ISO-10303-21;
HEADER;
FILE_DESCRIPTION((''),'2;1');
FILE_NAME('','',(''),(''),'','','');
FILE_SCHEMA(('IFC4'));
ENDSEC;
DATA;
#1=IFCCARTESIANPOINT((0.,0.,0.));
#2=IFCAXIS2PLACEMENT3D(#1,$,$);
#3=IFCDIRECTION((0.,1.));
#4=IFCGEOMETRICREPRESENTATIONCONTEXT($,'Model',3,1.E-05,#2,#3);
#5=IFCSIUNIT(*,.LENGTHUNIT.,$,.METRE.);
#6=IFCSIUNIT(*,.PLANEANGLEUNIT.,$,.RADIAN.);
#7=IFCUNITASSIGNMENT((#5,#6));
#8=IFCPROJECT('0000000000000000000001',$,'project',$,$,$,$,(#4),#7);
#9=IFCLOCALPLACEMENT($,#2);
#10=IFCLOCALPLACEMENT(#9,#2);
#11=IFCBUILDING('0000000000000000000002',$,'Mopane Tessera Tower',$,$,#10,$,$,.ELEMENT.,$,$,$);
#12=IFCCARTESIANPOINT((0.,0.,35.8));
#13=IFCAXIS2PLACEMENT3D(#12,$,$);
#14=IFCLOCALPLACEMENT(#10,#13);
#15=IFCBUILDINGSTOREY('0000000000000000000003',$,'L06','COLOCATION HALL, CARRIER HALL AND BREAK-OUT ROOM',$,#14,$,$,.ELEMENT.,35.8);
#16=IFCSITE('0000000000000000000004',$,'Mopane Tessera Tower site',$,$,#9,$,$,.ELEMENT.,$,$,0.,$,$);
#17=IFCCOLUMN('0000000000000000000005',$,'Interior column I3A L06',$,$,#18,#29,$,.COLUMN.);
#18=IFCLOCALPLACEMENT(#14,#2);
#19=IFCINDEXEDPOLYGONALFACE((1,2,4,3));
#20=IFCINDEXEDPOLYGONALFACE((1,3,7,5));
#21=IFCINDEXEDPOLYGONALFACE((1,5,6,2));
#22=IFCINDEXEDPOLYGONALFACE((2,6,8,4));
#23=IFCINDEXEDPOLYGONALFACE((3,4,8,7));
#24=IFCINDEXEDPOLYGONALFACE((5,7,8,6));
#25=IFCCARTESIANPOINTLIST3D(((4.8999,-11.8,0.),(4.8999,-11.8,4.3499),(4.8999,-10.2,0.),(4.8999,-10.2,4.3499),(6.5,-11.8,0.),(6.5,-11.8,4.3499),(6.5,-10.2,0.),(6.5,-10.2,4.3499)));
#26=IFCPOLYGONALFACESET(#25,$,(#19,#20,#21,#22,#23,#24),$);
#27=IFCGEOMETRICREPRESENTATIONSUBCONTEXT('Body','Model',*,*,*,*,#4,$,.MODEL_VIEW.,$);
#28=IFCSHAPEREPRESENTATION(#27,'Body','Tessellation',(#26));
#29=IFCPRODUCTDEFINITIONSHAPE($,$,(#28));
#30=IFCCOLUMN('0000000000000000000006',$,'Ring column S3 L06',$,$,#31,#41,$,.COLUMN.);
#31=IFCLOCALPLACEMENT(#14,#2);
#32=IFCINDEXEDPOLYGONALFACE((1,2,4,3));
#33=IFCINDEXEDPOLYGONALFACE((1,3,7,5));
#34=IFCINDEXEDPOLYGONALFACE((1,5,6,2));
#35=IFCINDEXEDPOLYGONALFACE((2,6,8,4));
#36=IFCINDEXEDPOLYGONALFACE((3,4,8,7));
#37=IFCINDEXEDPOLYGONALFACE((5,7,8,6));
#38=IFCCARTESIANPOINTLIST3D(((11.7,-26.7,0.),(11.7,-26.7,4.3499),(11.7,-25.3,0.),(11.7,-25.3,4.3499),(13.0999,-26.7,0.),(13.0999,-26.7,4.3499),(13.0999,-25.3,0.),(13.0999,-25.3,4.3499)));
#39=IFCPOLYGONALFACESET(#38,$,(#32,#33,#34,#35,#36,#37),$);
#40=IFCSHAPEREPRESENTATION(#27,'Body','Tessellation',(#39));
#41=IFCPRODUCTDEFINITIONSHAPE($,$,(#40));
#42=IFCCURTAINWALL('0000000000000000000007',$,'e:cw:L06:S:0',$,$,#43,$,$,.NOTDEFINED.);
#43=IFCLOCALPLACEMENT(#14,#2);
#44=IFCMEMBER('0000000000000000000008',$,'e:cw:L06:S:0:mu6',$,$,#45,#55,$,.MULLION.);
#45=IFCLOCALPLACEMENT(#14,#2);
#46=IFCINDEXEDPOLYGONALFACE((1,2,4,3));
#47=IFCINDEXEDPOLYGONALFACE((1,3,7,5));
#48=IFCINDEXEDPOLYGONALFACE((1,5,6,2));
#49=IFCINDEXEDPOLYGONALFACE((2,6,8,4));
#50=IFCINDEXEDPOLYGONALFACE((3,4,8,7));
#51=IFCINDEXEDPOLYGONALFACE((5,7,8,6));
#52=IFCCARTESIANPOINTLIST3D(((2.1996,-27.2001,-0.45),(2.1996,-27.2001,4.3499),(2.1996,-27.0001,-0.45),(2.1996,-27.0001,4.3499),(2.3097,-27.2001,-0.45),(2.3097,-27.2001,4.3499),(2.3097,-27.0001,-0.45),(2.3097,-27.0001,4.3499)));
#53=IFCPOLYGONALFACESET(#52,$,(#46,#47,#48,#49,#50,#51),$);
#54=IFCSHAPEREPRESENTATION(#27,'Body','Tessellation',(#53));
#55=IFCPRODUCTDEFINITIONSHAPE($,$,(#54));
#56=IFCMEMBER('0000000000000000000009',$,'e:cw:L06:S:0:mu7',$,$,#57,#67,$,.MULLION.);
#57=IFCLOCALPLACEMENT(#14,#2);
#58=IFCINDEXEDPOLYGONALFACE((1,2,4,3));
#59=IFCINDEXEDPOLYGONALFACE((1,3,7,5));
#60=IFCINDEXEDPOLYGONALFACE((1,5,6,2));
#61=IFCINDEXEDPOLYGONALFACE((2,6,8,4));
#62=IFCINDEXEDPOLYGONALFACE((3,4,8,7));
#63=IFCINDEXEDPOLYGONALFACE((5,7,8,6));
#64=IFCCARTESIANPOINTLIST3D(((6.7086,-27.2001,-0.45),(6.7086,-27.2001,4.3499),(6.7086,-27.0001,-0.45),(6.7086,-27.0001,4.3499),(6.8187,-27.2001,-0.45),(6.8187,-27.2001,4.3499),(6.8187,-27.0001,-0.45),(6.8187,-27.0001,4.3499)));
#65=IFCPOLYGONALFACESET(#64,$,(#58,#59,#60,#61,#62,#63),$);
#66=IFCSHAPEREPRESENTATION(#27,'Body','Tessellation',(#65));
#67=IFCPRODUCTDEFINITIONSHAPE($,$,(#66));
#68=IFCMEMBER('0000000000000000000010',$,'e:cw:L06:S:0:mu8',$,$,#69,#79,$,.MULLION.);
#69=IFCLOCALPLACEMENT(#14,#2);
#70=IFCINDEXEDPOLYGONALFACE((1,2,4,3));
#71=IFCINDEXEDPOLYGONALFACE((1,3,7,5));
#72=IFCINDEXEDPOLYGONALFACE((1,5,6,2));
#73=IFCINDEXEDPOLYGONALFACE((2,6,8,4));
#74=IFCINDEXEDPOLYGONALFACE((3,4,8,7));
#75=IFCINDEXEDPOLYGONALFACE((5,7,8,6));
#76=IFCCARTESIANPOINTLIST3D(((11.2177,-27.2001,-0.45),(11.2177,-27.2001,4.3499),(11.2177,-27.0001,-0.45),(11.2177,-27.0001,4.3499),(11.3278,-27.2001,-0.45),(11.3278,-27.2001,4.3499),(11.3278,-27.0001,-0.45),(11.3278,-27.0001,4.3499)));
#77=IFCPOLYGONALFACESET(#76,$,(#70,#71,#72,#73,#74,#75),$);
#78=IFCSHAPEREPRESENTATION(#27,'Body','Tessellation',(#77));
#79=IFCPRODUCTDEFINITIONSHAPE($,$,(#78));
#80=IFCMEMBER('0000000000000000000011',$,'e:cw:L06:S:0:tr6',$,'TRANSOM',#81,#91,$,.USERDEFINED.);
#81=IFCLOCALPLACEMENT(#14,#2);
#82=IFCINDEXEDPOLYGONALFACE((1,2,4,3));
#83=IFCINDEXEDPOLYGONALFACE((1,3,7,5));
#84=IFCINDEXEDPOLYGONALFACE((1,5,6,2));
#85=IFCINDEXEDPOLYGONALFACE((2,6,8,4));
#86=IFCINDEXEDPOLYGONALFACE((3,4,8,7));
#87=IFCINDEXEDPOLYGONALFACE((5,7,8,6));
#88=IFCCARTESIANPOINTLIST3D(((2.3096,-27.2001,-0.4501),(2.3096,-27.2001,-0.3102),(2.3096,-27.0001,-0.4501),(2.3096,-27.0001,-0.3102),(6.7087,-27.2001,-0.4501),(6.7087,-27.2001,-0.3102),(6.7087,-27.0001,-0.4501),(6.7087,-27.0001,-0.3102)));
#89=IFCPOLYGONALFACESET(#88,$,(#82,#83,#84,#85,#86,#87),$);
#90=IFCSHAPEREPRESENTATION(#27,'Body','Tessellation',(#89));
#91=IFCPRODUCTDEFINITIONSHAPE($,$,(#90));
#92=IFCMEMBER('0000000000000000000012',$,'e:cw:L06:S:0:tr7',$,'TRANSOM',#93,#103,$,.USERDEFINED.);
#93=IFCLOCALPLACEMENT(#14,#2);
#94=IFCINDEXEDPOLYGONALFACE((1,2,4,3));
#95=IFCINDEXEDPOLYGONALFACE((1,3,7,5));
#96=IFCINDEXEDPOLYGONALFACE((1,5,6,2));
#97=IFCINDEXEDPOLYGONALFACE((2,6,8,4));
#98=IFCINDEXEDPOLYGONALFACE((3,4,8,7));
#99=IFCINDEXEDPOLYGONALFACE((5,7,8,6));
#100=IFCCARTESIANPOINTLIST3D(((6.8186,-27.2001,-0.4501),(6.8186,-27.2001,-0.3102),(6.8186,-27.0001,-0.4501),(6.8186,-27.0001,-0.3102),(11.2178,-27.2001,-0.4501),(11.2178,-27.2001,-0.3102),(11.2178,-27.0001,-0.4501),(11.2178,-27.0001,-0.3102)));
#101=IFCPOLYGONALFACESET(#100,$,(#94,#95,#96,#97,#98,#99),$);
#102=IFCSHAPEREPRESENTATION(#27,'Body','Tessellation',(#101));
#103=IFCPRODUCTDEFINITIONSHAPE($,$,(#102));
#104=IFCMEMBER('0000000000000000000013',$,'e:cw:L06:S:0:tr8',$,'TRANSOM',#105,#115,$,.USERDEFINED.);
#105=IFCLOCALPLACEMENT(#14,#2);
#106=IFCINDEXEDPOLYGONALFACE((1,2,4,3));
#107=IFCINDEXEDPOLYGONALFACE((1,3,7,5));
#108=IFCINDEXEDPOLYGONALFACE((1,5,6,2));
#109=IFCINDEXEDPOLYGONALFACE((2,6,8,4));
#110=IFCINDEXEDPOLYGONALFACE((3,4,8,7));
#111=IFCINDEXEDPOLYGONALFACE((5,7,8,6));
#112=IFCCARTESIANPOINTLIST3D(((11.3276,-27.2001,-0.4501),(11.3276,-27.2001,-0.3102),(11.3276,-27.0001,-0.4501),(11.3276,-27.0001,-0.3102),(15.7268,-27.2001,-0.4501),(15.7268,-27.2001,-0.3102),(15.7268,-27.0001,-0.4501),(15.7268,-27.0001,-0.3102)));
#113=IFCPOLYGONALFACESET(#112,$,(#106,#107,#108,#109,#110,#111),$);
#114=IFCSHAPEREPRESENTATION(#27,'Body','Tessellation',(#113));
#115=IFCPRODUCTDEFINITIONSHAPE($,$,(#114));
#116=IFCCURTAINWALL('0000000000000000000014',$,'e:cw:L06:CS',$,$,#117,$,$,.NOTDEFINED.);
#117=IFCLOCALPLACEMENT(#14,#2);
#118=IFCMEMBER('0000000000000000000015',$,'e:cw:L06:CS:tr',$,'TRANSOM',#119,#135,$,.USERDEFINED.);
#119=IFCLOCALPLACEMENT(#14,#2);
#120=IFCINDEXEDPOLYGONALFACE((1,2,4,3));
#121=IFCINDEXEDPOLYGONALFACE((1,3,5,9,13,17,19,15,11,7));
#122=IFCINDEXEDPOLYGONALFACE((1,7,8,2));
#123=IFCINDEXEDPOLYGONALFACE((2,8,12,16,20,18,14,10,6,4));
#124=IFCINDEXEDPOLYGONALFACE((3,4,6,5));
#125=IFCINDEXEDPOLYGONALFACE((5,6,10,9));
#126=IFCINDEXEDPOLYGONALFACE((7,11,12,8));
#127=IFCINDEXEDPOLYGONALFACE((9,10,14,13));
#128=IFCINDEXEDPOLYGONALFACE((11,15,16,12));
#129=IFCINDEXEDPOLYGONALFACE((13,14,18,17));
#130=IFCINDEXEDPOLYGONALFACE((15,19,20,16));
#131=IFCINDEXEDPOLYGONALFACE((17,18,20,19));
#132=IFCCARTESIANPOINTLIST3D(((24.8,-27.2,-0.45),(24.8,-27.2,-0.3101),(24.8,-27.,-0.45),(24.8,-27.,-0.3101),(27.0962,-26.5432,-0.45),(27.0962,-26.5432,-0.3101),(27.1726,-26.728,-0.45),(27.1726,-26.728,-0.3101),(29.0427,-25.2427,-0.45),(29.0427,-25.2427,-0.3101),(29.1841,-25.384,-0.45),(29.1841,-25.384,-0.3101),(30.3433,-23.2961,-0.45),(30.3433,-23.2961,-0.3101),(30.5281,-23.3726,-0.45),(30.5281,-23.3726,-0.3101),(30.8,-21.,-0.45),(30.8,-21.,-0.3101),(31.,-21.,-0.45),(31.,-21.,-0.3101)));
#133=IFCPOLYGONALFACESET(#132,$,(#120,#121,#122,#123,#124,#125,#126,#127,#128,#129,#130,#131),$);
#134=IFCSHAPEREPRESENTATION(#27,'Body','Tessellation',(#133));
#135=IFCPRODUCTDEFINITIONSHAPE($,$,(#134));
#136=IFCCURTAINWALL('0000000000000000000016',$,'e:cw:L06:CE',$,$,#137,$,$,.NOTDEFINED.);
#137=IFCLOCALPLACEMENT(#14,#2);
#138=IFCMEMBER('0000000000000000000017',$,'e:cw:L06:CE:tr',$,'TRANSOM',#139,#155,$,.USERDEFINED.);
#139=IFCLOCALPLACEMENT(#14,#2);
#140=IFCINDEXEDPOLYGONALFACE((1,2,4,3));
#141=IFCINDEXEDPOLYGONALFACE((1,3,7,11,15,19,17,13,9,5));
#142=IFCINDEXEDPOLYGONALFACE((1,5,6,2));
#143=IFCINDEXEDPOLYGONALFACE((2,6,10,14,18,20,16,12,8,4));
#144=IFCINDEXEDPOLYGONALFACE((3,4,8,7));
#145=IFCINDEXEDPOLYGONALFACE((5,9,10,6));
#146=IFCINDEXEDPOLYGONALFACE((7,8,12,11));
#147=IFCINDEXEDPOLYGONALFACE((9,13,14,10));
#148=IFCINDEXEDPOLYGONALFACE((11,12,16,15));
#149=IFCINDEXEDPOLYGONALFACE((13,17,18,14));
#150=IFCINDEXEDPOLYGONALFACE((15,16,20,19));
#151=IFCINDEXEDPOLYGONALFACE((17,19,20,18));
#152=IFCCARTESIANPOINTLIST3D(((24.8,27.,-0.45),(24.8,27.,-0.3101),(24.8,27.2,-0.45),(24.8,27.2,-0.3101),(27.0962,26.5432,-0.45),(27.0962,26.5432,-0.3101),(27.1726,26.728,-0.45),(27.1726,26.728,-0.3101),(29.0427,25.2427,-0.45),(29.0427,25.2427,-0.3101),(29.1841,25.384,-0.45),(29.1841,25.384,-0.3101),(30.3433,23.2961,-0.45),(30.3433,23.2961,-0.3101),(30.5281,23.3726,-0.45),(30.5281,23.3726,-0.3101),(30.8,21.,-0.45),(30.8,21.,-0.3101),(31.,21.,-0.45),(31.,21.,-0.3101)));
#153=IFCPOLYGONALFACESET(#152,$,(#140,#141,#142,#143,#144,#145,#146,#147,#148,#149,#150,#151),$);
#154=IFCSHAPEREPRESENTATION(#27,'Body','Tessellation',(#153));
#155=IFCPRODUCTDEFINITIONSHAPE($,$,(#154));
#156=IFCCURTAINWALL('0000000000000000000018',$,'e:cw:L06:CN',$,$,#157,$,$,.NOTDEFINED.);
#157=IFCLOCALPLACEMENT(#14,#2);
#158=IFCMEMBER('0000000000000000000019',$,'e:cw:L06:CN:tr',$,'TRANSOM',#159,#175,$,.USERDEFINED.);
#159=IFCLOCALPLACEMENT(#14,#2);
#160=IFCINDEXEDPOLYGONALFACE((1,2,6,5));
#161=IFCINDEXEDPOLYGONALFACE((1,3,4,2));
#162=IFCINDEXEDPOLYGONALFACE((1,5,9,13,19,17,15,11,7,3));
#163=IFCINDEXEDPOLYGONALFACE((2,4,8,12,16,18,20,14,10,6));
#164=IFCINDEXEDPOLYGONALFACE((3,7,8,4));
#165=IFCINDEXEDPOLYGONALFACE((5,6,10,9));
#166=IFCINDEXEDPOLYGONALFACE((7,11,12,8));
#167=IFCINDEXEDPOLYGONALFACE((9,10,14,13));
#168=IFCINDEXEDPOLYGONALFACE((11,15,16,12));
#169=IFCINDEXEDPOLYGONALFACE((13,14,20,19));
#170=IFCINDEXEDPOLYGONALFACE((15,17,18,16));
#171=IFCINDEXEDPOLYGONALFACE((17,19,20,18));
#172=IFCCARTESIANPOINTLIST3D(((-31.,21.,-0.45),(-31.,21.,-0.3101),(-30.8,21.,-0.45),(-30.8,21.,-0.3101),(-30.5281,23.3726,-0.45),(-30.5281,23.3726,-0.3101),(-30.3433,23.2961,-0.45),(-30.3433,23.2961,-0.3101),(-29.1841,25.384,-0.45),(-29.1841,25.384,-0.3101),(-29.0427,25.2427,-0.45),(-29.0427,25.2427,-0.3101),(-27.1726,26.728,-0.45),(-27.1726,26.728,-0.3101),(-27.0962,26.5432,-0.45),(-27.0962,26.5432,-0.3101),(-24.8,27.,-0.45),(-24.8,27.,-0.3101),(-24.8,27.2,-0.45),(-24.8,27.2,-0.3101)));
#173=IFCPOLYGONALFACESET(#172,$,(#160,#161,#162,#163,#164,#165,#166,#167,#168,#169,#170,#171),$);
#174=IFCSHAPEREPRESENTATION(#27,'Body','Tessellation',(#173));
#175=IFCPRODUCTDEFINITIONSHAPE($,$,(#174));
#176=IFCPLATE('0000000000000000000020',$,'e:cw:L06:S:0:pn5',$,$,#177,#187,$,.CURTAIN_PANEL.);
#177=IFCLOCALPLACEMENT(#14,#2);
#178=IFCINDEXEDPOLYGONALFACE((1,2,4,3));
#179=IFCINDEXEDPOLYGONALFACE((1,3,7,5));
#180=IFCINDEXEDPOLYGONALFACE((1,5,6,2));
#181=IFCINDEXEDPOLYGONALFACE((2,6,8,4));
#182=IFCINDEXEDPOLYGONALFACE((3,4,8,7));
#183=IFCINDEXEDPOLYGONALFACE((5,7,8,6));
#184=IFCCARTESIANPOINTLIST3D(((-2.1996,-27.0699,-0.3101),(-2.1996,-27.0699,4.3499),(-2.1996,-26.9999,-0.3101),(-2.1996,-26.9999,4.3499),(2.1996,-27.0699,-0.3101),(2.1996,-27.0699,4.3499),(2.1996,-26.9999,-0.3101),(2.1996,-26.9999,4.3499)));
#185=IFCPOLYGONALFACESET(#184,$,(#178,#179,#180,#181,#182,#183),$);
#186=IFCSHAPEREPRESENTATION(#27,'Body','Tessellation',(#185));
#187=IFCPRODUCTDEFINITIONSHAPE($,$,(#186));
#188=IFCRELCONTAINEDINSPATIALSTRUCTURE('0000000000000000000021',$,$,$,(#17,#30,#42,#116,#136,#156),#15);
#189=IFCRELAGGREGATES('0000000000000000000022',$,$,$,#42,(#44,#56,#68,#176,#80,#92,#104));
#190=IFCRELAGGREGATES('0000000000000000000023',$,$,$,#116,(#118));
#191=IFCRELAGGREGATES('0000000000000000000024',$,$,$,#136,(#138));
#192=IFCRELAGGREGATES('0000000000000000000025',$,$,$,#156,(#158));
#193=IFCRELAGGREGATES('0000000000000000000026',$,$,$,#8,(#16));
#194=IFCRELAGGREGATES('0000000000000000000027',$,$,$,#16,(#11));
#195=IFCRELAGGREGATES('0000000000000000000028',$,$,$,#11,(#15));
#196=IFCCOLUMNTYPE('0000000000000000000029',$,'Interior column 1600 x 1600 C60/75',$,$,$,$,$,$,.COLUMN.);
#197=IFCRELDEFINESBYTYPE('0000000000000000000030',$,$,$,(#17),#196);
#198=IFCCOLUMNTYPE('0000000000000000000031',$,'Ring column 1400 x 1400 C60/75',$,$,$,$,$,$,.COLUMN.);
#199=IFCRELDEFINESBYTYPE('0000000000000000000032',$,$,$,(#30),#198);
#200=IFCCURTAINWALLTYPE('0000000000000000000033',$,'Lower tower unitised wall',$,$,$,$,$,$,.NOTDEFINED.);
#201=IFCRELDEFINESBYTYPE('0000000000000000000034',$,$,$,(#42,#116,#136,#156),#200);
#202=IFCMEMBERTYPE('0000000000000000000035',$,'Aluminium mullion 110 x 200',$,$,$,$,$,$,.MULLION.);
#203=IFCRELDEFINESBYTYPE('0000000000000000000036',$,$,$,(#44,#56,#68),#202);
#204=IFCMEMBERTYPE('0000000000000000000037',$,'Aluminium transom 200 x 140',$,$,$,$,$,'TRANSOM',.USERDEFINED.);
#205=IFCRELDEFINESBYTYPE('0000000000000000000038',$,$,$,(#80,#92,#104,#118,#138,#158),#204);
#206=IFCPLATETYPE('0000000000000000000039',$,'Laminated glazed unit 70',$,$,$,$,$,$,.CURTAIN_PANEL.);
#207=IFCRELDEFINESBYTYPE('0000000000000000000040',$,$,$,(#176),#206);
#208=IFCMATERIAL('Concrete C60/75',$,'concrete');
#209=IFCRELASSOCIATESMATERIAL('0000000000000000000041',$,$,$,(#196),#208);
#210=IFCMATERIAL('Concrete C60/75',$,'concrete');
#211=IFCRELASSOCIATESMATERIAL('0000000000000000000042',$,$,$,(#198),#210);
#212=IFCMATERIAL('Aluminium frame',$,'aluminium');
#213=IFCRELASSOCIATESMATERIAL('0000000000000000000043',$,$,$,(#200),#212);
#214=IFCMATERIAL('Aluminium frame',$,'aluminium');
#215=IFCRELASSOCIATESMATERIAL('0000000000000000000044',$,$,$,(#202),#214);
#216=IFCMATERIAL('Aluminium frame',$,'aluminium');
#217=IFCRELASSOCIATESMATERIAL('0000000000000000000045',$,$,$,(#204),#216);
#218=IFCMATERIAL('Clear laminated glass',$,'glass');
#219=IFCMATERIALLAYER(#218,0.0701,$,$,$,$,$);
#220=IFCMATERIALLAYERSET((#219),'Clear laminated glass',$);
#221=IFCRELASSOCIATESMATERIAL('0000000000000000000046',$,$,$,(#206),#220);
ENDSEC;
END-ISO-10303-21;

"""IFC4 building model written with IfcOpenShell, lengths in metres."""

from ifc_helpers import new_model, si_unit, direction, frame, origin, origin_2d, place, context, subcontext, project, spatial, polyline, rectangle, outline, extrude, material, layer, layer_set, material_profile, profile_set, type_object, element, aggregate, save


model = new_model("IFC4")

# Units and contexts
model_context = context("Model", 3, precision=1e-05, world=origin(), true_north=direction((0.0, 1.0)))
body_context = subcontext(model_context, "Body", "Model", "MODEL_VIEW")
ifc_project = project(units=[si_unit("LENGTHUNIT", "METRE"), si_unit("PLANEANGLEUNIT", "RADIAN")], contexts=[model_context])

# Site, building, storey
site_placement = place(None, origin())
site = spatial("IfcSite", under=ifc_project, at=site_placement, Name="Mopane Tessera Tower site", CompositionType="ELEMENT", RefElevation=0.0)
building_placement = place(site_placement, origin())
building = spatial("IfcBuilding", under=site, at=building_placement, Name="Mopane Tessera Tower", CompositionType="ELEMENT")
storey_placement = place(building_placement, frame((0.0, 0.0, 35.8)))
storey = spatial("IfcBuildingStorey", under=building, at=storey_placement, Name="L06", Description="COLOCATION HALL, CARRIER HALL AND BREAK-OUT ROOM", CompositionType="ELEMENT", Elevation=35.8)

# Columns
ifc_material_1 = material(Name="Concrete C60/75", Category="concrete")
ifc_material_profile_1 = material_profile(ifc_material_1, rectangle(XDim=1.6001, YDim=1.6001, at=origin_2d()))
ifc_profile_set_1 = profile_set([ifc_material_profile_1], Name="Concrete C60/75")
column_type_1 = type_object("IfcColumnType", Name="Interior column 1600 x 1600 C60/75", PredefinedType="COLUMN", material=ifc_profile_set_1)
column_1_placement = place(storey_placement, frame((5.7, -11.0, 0.0), z_axis=(0.0, 0.0, 1.0), x_axis=(1.0, 0.0, 0.0)))
element("IfcColumn", 1, at=column_1_placement, inside=storey, type_object=column_type_1, Name="Interior column I3A L06", PredefinedType="COLUMN", context=body_context, shape_type="SweptSolid", body=[
    extrude(rectangle(XDim=1.6001, YDim=1.6001, at=origin_2d()), origin(), (0.0, 0.0, 1.0), 4.3499),
])
ifc_material_2 = material(Name="Concrete C60/75", Category="concrete")
ifc_material_profile_2 = material_profile(ifc_material_2, rectangle(XDim=1.3999, YDim=1.3999, at=origin_2d()))
ifc_profile_set_2 = profile_set([ifc_material_profile_2], Name="Concrete C60/75")
column_type_2 = type_object("IfcColumnType", Name="Ring column 1400 x 1400 C60/75", PredefinedType="COLUMN", material=ifc_profile_set_2)
column_2_placement = place(storey_placement, frame((12.3999, -26.0, 0.0), z_axis=(0.0, 0.0, 1.0), x_axis=(1.0, 0.0, 0.0)))
element("IfcColumn", 2, at=column_2_placement, inside=storey, type_object=column_type_2, Name="Ring column S3 L06", PredefinedType="COLUMN", context=body_context, shape_type="SweptSolid", body=[
    extrude(rectangle(XDim=1.3999, YDim=1.3999, at=origin_2d()), origin(), (0.0, 0.0, 1.0), 4.3499),
])

# Curtain wall, members
ifc_material_3 = material(Name="Aluminium frame", Category="aluminium")
curtain_wall_type = type_object("IfcCurtainWallType", Name="Lower tower unitised wall", PredefinedType="NOTDEFINED", material=ifc_material_3)
curtain_wall_1_placement = place(storey_placement, origin())
curtain_wall_1 = element("IfcCurtainWall", 3, at=curtain_wall_1_placement, inside=storey, type_object=curtain_wall_type, Name="e:cw:L06:S:0", PredefinedType="NOTDEFINED")
ifc_material_4 = material(Name="Aluminium frame", Category="aluminium")
ifc_material_profile_3 = material_profile(ifc_material_4, rectangle(XDim=0.1101, YDim=0.2, at=origin_2d()))
ifc_profile_set_3 = profile_set([ifc_material_profile_3], Name="Aluminium frame")
member_type_1 = type_object("IfcMemberType", Name="Aluminium mullion 110 x 200", PredefinedType="MULLION", material=ifc_profile_set_3)
member_1_placement = place(storey_placement, frame((2.2546, -27.1001, -0.45), z_axis=(0.0, 0.0, 1.0), x_axis=(1.0, 0.0, 0.0)))
member_1 = element("IfcMember", 4, at=member_1_placement, type_object=member_type_1, Name="e:cw:L06:S:0:mu6", PredefinedType="MULLION", context=body_context, shape_type="SweptSolid", body=[
    extrude(rectangle(XDim=0.1101, YDim=0.2, at=origin_2d()), origin(), (0.0, 0.0, 1.0), 4.7998),
])
member_2_placement = place(storey_placement, frame((6.7637, -27.1001, -0.45), z_axis=(0.0, 0.0, 1.0), x_axis=(1.0, 0.0, 0.0)))
member_2 = element("IfcMember", 5, at=member_2_placement, type_object=member_type_1, Name="e:cw:L06:S:0:mu7", PredefinedType="MULLION", context=body_context, shape_type="SweptSolid", body=[
    extrude(rectangle(XDim=0.1101, YDim=0.2, at=origin_2d()), origin(), (0.0, 0.0, 1.0), 4.7998),
])
member_3_placement = place(storey_placement, frame((11.2727, -27.1001, -0.45), z_axis=(0.0, 0.0, 1.0), x_axis=(1.0, 0.0, 0.0)))
member_3 = element("IfcMember", 6, at=member_3_placement, type_object=member_type_1, Name="e:cw:L06:S:0:mu8", PredefinedType="MULLION", context=body_context, shape_type="SweptSolid", body=[
    extrude(rectangle(XDim=0.1101, YDim=0.2, at=origin_2d()), origin(), (0.0, 0.0, 1.0), 4.7998),
])
ifc_material_5 = material(Name="Aluminium frame", Category="aluminium")
ifc_material_profile_4 = material_profile(ifc_material_5, rectangle(XDim=0.2, YDim=0.1399, at=origin_2d()))
ifc_profile_set_4 = profile_set([ifc_material_profile_4], Name="Aluminium frame")
member_type_2 = type_object("IfcMemberType", Name="Aluminium transom 200 x 140", ElementType="TRANSOM", PredefinedType="USERDEFINED", material=ifc_profile_set_4)
member_4_placement = place(storey_placement, frame((2.3096, -27.1001, -0.3801), z_axis=(1.0, 0.0, 0.0), x_axis=(0.0, 1.0, 0.0)))
member_4 = element("IfcMember", 7, at=member_4_placement, type_object=member_type_2, Name="e:cw:L06:S:0:tr6", ObjectType="TRANSOM", PredefinedType="USERDEFINED", context=body_context, shape_type="SweptSolid", body=[
    extrude(rectangle(XDim=0.2, YDim=0.1399, at=origin_2d()), origin(), (0.0, 0.0, 1.0), 4.3992),
])
member_5_placement = place(storey_placement, frame((6.8186, -27.1001, -0.3801), z_axis=(1.0, 0.0, 0.0), x_axis=(0.0, 1.0, 0.0)))
member_5 = element("IfcMember", 8, at=member_5_placement, type_object=member_type_2, Name="e:cw:L06:S:0:tr7", ObjectType="TRANSOM", PredefinedType="USERDEFINED", context=body_context, shape_type="SweptSolid", body=[
    extrude(rectangle(XDim=0.2, YDim=0.1399, at=origin_2d()), origin(), (0.0, 0.0, 1.0), 4.3992),
])
member_6_placement = place(storey_placement, frame((11.3276, -27.1001, -0.3801), z_axis=(1.0, 0.0, 0.0), x_axis=(0.0, 1.0, 0.0)))
member_6 = element("IfcMember", 9, at=member_6_placement, type_object=member_type_2, Name="e:cw:L06:S:0:tr8", ObjectType="TRANSOM", PredefinedType="USERDEFINED", context=body_context, shape_type="SweptSolid", body=[
    extrude(rectangle(XDim=0.2, YDim=0.1399, at=origin_2d()), origin(), (0.0, 0.0, 1.0), 4.3992),
])

# Curtain walls, members
curtain_wall_2_placement = place(storey_placement, origin())
curtain_wall_2 = element("IfcCurtainWall", 10, at=curtain_wall_2_placement, inside=storey, type_object=curtain_wall_type, Name="e:cw:L06:CS", PredefinedType="NOTDEFINED")
member_7_placement = place(storey_placement, frame((0.0, 0.0, -0.45)))
member_7 = element("IfcMember", 11, at=member_7_placement, type_object=member_type_2, Name="e:cw:L06:CS:tr", ObjectType="TRANSOM", PredefinedType="USERDEFINED", context=body_context, shape_type="SweptSolid", body=[
    extrude(outline(polyline([(24.8, -27.0), (27.0962, -26.5432), (29.0427, -25.2427), (30.3433, -23.2961), (30.8, -21.0), (31.0, -21.0), (30.5281, -23.3726), (29.1841, -25.384), (27.1726, -26.728), (24.8, -27.2), (24.8, -27.0)])), origin(), (0.0, 0.0, 1.0), 0.1399),
])
curtain_wall_3_placement = place(storey_placement, origin())
curtain_wall_3 = element("IfcCurtainWall", 12, at=curtain_wall_3_placement, inside=storey, type_object=curtain_wall_type, Name="e:cw:L06:CE", PredefinedType="NOTDEFINED")
member_8_placement = place(storey_placement, frame((0.0, 0.0, -0.45)))
member_8 = element("IfcMember", 13, at=member_8_placement, type_object=member_type_2, Name="e:cw:L06:CE:tr", ObjectType="TRANSOM", PredefinedType="USERDEFINED", context=body_context, shape_type="SweptSolid", body=[
    extrude(outline(polyline([(30.8, 21.0), (30.3433, 23.2961), (29.0427, 25.2427), (27.0962, 26.5432), (24.8, 27.0), (24.8, 27.2), (27.1726, 26.728), (29.1841, 25.384), (30.5281, 23.3726), (31.0, 21.0), (30.8, 21.0)])), origin(), (0.0, 0.0, 1.0), 0.1399),
])
curtain_wall_4_placement = place(storey_placement, origin())
curtain_wall_4 = element("IfcCurtainWall", 14, at=curtain_wall_4_placement, inside=storey, type_object=curtain_wall_type, Name="e:cw:L06:CN", PredefinedType="NOTDEFINED")
member_9_placement = place(storey_placement, frame((0.0, 0.0, -0.45)))
member_9 = element("IfcMember", 15, at=member_9_placement, type_object=member_type_2, Name="e:cw:L06:CN:tr", ObjectType="TRANSOM", PredefinedType="USERDEFINED", context=body_context, shape_type="SweptSolid", body=[
    extrude(outline(polyline([(-24.8, 27.0), (-27.0962, 26.5432), (-29.0427, 25.2427), (-30.3433, 23.2961), (-30.8, 21.0), (-31.0, 21.0), (-30.5281, 23.3726), (-29.1841, 25.384), (-27.1726, 26.728), (-24.8, 27.2), (-24.8, 27.0)])), origin(), (0.0, 0.0, 1.0), 0.1399),
])

# Plate
ifc_material_6 = material(Name="Clear laminated glass", Category="glass")
ifc_layer_1 = layer(ifc_material_6, 0.0701)
ifc_layer_set_1 = layer_set([ifc_layer_1], Name="Clear laminated glass")
plate_type = type_object("IfcPlateType", Name="Laminated glazed unit 70", PredefinedType="CURTAIN_PANEL", material=ifc_layer_set_1)
plate_1_placement = place(storey_placement, frame((0.0, -27.0349, -0.3101), z_axis=(0.0, 0.0, 1.0), x_axis=(1.0, 0.0, 0.0)))
plate_1 = element("IfcPlate", 16, at=plate_1_placement, type_object=plate_type, Name="e:cw:L06:S:0:pn5", PredefinedType="CURTAIN_PANEL", context=body_context, shape_type="SweptSolid", body=[
    extrude(rectangle(XDim=4.3992, YDim=0.0701, at=origin_2d()), origin(), (0.0, 0.0, 1.0), 4.6599),
])
aggregate(curtain_wall_1, [member_1, member_2, member_3, plate_1, member_4, member_5, member_6])
aggregate(curtain_wall_2, [member_7])
aggregate(curtain_wall_3, [member_8])
aggregate(curtain_wall_4, [member_9])

save(model, "model.ifc")
